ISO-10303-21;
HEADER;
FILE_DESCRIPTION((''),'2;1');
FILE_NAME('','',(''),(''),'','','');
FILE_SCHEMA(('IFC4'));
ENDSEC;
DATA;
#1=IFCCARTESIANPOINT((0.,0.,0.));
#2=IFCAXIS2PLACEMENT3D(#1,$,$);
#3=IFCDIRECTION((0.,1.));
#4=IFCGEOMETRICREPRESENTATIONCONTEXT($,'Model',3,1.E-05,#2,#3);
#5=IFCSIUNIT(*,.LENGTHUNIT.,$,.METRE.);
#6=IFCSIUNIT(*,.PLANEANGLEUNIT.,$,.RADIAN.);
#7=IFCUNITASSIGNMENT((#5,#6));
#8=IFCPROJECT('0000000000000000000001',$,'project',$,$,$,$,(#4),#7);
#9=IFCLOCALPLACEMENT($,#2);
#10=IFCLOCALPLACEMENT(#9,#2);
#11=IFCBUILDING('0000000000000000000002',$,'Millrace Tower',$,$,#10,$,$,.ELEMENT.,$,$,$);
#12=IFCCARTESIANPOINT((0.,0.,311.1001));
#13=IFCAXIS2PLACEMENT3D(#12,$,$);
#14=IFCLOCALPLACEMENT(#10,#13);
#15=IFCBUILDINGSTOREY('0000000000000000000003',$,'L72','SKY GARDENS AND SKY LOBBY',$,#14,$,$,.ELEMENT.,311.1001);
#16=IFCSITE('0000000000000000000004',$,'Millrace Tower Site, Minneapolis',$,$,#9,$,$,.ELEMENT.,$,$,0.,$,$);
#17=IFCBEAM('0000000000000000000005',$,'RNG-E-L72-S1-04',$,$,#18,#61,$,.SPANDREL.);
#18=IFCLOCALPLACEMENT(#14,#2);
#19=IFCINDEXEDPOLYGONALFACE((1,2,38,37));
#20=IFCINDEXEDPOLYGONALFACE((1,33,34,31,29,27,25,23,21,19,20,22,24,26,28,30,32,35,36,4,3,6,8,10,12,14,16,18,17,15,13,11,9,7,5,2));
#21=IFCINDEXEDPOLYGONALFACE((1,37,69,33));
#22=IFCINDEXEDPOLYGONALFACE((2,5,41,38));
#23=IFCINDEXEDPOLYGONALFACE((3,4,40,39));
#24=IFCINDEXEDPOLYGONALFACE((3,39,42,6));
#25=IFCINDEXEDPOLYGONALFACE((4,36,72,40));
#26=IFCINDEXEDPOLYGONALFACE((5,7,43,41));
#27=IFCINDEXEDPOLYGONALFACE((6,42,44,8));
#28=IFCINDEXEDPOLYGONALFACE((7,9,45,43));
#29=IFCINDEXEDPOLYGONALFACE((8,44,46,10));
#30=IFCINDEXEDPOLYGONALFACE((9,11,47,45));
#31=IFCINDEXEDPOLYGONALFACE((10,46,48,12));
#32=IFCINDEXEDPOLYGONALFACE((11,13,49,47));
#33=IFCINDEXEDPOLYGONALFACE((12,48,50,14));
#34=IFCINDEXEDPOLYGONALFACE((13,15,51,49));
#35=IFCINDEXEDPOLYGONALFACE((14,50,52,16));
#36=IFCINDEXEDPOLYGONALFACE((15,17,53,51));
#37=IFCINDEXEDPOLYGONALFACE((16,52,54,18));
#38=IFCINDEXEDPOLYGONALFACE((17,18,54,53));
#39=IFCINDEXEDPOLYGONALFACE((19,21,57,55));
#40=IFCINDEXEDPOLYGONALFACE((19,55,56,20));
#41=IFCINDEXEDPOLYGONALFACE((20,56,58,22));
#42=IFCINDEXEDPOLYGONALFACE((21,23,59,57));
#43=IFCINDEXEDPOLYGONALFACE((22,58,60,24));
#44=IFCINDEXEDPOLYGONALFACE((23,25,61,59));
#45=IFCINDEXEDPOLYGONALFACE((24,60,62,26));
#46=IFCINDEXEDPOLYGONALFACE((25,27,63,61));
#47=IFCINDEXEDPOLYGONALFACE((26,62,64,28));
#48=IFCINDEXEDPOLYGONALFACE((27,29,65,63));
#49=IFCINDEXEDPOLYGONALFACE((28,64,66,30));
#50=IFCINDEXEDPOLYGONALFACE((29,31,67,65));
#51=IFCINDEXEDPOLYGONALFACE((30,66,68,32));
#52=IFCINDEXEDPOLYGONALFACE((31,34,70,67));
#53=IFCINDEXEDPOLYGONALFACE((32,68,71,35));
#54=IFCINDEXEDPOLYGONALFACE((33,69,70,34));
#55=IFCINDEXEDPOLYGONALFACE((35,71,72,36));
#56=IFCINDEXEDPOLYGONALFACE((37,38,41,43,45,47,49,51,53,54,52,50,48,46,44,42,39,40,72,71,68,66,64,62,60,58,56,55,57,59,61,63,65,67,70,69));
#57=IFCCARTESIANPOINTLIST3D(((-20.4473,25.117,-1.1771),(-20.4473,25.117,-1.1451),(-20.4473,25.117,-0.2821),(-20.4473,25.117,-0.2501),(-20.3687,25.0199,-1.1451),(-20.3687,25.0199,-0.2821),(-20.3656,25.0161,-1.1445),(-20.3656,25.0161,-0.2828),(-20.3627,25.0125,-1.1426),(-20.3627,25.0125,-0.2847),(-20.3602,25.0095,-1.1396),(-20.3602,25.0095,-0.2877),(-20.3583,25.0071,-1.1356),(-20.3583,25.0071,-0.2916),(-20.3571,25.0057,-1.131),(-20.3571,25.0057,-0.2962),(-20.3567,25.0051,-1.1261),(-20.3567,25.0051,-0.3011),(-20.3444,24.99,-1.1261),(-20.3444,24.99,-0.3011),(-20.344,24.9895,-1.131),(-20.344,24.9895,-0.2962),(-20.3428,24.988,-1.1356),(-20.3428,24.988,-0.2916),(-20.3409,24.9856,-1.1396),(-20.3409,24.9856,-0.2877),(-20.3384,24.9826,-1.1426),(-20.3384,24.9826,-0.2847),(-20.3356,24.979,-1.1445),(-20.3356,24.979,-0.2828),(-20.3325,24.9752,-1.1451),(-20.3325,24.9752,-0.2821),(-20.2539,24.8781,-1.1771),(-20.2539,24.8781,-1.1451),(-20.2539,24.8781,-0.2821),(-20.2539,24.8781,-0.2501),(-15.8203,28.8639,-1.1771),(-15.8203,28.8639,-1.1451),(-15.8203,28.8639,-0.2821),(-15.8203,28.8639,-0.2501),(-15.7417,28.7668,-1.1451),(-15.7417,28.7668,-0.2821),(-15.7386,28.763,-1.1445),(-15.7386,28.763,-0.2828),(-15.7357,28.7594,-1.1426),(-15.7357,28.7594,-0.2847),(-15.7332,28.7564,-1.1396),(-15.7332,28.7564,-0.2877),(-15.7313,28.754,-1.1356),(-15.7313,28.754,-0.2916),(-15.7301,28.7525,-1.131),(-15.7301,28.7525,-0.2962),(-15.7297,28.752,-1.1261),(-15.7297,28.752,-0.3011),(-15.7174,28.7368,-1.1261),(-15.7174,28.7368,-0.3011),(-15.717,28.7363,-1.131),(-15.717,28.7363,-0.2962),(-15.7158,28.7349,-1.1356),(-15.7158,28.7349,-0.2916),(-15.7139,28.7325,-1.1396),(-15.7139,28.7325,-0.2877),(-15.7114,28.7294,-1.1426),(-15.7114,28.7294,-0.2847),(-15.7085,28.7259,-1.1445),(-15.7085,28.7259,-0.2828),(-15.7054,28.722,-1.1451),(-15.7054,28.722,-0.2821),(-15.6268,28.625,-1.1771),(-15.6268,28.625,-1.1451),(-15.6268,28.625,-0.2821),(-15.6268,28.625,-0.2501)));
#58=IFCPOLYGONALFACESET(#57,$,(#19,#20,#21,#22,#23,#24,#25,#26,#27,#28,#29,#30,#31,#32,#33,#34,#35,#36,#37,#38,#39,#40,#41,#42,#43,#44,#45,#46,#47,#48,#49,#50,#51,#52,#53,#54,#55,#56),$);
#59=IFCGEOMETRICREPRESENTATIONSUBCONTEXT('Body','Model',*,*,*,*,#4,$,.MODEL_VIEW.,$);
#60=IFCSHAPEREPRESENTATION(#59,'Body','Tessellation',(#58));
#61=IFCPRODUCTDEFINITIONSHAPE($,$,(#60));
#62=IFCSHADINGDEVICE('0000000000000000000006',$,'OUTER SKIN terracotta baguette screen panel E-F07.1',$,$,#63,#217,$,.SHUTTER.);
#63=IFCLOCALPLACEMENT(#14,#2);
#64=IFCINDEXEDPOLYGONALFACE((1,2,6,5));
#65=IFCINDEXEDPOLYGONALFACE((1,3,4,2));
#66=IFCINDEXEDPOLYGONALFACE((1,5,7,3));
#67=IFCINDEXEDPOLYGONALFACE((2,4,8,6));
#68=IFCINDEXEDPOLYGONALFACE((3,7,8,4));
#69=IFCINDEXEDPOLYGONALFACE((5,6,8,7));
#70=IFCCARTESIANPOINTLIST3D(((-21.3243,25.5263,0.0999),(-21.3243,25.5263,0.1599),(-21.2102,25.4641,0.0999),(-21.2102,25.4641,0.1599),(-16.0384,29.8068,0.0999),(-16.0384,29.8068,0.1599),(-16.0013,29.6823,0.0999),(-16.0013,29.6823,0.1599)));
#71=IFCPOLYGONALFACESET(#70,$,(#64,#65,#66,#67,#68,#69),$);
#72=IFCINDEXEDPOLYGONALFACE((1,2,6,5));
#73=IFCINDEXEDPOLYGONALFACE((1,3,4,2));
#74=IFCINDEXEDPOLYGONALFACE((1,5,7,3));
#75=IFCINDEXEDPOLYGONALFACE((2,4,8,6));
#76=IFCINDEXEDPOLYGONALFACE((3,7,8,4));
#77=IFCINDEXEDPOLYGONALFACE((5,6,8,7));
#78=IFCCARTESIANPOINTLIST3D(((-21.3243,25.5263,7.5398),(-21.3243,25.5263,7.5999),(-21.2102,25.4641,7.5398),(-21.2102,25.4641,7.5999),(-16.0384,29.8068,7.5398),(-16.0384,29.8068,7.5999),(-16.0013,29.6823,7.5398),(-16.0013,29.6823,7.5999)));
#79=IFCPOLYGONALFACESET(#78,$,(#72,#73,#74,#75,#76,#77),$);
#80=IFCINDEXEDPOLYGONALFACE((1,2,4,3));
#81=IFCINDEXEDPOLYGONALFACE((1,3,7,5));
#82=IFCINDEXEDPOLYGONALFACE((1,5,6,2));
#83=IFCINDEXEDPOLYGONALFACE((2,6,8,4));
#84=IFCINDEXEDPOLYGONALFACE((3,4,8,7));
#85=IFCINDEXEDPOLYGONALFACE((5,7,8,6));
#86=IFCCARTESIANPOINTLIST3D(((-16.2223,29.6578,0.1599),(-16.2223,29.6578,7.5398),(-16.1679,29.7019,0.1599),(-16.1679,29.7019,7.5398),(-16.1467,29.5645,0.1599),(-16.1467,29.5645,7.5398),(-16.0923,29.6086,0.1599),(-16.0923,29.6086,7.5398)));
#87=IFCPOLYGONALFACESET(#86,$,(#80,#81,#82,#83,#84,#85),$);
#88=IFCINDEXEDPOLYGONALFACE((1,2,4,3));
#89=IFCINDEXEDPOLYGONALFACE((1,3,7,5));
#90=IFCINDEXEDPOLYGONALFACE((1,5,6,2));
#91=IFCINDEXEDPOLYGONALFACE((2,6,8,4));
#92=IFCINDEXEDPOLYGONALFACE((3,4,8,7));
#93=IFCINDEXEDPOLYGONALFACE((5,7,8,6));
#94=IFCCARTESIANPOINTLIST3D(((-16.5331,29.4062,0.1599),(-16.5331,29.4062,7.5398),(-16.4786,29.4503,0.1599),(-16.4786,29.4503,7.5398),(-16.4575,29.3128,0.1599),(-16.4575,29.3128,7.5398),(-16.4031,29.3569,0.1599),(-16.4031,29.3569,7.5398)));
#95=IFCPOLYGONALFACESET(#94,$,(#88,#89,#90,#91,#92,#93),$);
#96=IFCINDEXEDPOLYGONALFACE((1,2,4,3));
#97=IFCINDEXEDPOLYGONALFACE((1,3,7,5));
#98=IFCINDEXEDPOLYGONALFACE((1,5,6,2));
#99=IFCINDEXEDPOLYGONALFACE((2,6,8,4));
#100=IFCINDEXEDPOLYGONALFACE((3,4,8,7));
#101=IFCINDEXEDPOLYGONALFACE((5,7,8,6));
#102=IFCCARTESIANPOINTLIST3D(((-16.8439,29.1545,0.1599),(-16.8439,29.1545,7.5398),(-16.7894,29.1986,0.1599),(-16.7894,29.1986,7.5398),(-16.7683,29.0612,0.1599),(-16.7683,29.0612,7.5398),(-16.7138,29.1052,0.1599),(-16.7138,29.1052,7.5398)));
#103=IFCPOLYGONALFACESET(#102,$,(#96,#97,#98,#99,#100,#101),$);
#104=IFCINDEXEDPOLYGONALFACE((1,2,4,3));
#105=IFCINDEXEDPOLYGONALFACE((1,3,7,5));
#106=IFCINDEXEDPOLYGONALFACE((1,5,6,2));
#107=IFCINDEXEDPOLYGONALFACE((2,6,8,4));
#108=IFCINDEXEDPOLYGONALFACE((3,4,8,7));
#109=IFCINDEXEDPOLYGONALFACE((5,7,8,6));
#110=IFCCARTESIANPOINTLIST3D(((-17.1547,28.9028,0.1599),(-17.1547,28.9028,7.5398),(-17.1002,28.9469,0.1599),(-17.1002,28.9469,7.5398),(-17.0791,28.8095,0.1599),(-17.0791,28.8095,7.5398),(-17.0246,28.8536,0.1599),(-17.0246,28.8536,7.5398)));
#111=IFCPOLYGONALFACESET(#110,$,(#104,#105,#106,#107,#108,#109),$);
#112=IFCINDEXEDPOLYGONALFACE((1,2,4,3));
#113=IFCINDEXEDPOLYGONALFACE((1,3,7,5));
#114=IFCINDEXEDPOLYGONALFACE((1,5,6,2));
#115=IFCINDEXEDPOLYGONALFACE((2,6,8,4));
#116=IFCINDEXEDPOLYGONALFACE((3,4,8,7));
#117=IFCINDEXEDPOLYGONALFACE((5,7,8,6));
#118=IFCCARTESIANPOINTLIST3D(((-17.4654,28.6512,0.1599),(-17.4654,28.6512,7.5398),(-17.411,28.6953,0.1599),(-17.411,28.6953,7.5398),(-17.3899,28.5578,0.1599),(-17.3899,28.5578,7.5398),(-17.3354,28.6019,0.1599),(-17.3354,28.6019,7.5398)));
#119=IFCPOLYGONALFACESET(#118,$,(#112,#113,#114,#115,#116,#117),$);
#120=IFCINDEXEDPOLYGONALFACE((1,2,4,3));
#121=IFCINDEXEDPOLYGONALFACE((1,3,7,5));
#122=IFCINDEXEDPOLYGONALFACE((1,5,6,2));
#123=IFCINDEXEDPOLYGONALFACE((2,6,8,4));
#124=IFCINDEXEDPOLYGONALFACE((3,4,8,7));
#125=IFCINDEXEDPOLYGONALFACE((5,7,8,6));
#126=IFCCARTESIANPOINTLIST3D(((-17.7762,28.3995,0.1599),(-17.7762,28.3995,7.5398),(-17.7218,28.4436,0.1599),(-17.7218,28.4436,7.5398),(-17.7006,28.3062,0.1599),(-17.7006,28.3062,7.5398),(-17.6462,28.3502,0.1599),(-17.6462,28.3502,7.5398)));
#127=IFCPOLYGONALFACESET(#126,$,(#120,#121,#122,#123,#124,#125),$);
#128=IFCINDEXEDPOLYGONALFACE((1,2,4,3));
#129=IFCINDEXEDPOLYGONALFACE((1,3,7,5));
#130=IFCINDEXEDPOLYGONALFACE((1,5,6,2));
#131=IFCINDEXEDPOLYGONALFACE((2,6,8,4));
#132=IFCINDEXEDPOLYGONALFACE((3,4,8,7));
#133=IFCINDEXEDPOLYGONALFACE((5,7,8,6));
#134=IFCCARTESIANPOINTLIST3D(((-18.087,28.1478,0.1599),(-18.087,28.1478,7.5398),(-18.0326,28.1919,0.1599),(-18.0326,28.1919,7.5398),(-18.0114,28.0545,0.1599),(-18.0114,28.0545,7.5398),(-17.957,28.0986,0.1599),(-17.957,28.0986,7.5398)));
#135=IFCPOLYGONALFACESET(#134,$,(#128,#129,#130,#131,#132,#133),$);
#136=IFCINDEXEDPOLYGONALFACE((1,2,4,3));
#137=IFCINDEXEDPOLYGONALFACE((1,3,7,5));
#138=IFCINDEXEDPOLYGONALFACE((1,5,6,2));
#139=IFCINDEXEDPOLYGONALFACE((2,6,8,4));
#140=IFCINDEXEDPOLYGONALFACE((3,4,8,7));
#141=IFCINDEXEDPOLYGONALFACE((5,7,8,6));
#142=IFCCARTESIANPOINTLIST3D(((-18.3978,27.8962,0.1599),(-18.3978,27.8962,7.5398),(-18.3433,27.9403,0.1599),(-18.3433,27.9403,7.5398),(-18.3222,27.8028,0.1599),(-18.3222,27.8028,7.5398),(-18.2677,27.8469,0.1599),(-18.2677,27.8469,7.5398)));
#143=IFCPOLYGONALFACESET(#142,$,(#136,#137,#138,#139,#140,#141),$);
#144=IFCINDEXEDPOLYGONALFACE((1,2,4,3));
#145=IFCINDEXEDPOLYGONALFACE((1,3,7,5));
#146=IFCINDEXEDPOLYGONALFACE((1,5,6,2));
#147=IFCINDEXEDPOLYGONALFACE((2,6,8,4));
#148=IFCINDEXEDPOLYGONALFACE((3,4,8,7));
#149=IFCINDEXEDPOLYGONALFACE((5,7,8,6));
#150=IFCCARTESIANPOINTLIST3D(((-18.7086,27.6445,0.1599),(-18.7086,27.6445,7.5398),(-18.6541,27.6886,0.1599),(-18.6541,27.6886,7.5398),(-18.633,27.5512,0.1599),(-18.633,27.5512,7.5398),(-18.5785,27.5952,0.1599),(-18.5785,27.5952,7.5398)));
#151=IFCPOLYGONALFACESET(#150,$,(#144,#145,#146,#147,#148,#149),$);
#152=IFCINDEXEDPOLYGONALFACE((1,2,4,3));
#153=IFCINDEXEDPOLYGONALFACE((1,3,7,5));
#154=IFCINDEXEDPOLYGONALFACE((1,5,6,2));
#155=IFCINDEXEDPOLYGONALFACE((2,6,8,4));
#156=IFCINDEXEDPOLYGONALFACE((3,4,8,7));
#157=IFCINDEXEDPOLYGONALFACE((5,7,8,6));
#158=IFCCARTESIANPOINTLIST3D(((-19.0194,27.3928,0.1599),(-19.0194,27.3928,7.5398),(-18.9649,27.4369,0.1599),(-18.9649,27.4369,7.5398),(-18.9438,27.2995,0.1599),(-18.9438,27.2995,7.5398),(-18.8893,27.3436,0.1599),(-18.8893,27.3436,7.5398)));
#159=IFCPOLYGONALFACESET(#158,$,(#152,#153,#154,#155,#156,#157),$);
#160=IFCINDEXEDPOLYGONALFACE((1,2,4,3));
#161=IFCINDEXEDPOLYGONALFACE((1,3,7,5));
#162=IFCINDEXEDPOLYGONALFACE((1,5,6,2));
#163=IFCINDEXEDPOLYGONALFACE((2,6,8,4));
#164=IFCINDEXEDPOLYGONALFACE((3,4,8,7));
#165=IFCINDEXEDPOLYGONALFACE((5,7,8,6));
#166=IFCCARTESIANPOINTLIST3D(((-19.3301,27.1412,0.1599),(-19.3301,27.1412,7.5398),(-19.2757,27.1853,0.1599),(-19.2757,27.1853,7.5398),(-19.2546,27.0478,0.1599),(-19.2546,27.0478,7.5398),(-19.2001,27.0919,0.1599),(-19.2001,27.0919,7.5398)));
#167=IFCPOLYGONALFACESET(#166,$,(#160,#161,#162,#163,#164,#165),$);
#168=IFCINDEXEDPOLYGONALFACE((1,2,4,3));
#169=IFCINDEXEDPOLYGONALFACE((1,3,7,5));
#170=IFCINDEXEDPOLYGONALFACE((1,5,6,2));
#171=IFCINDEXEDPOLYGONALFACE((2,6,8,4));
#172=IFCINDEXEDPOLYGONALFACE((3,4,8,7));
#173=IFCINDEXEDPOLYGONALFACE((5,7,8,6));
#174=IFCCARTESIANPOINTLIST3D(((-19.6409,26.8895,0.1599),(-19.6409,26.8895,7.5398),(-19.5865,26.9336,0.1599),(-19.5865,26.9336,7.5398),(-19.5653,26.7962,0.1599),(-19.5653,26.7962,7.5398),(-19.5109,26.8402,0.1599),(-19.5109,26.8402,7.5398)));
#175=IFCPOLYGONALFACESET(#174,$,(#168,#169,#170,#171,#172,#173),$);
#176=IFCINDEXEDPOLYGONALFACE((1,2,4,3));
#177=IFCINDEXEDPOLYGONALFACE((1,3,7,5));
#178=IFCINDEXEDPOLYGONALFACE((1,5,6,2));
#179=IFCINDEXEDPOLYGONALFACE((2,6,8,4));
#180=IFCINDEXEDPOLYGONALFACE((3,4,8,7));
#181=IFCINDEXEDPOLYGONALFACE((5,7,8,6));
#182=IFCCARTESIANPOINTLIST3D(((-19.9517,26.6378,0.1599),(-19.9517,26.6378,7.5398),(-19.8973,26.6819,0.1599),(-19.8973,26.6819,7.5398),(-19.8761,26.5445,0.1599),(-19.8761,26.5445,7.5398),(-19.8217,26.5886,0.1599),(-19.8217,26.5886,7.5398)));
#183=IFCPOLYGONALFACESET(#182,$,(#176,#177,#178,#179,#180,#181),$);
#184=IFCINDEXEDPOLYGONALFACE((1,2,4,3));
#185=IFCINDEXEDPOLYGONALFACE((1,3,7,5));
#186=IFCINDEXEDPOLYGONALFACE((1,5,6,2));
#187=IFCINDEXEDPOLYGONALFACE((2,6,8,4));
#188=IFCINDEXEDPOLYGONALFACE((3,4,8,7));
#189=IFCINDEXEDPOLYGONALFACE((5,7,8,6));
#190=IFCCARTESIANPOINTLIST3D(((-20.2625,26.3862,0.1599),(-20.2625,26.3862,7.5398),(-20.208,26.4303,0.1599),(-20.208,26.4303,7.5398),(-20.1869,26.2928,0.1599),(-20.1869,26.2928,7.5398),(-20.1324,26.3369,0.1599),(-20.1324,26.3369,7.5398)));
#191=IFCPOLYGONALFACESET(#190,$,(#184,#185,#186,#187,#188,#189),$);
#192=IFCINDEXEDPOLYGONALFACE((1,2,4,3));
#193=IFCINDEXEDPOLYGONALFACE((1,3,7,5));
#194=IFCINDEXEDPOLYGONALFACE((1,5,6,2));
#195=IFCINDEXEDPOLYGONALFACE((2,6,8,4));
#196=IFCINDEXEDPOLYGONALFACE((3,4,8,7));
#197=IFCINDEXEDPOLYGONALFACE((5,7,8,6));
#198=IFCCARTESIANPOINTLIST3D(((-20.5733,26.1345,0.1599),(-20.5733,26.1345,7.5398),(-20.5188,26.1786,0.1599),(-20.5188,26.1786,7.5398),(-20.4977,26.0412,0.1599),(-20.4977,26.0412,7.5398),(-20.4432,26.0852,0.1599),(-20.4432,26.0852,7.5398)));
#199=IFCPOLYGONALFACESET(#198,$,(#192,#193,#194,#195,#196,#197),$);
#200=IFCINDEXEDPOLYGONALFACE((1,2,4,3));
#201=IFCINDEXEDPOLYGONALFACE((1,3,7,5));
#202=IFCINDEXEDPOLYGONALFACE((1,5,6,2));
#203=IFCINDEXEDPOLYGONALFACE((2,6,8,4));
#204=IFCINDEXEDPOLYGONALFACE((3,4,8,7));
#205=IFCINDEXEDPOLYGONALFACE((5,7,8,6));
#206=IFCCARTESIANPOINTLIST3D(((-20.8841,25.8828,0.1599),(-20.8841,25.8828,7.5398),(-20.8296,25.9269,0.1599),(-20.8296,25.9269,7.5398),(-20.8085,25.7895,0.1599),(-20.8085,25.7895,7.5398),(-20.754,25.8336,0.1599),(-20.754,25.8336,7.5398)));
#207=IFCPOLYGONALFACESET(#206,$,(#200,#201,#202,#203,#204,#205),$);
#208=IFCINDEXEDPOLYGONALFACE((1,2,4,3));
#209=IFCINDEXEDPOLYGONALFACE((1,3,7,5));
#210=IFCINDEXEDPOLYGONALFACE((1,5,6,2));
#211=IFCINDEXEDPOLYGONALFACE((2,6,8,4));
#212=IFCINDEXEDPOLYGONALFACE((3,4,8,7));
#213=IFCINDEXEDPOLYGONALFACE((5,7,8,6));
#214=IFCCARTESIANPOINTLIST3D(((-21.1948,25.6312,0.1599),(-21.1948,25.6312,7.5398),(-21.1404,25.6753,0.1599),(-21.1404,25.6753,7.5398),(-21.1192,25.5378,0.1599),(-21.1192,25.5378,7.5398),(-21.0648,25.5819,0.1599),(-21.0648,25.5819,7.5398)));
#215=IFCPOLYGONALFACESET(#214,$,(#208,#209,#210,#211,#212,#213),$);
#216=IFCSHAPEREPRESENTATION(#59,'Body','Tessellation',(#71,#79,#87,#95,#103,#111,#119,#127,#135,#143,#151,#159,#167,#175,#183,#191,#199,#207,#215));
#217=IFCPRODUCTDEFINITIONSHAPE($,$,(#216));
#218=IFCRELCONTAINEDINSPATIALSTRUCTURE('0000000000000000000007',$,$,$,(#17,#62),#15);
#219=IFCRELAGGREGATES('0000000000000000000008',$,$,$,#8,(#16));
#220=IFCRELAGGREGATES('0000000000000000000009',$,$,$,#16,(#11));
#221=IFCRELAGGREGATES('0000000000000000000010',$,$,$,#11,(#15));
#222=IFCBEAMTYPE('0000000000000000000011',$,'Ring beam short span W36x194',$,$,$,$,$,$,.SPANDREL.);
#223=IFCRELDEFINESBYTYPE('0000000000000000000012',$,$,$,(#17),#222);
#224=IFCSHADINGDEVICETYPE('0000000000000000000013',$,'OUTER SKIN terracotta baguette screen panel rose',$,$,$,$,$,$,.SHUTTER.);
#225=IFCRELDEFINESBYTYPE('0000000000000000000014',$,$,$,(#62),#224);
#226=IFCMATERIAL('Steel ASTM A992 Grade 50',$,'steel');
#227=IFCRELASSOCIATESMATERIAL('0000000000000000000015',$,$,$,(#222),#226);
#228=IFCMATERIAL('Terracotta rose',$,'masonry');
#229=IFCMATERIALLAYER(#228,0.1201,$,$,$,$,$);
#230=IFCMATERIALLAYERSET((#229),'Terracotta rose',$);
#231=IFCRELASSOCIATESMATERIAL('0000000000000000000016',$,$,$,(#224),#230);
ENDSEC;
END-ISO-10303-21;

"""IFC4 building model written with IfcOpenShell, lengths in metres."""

from ifc_helpers import new_model, entity, si_unit, direction, frame, frame_2d, origin, origin_2d, place, context, subcontext, project, spatial, rectangle, i_section, extrude, source, transform, mapped, material, layer, layer_set, material_profile, profile_set, type_object, element, save


model = new_model("IFC4")

# Units and contexts
model_context = context("Model", 3, precision=1e-05, world=origin(), true_north=direction((0.0, 1.0)))
body_context = subcontext(model_context, "Body", "Model", "MODEL_VIEW")
ifc_project = project(units=[si_unit("LENGTHUNIT", "METRE"), si_unit("PLANEANGLEUNIT", "RADIAN")], contexts=[model_context])

# Site, building, storey
site_placement = place(None, origin())
site = spatial("IfcSite", under=ifc_project, at=site_placement, Name="Millrace Tower Site, Minneapolis", CompositionType="ELEMENT", RefElevation=0.0)
building_placement = place(site_placement, origin())
building = spatial("IfcBuilding", under=site, at=building_placement, Name="Millrace Tower", CompositionType="ELEMENT")
storey_placement = place(building_placement, frame((0.0, 0.0, 311.1001)))
storey = spatial("IfcBuildingStorey", under=building, at=storey_placement, Name="L72", Description="SKY GARDENS AND SKY LOBBY", CompositionType="ELEMENT", Elevation=311.1001)

# Beam
ifc_material_1 = material(Name="Steel ASTM A992 Grade 50", Category="steel")
ifc_material_profile_1 = material_profile(ifc_material_1, i_section(OverallWidth=0.3074, OverallDepth=0.927, WebThickness=0.0195, FlangeThickness=0.032, FilletRadius=0.019, at=origin_2d()))
ifc_profile_set_1 = profile_set([ifc_material_profile_1], Name="Steel ASTM A992 Grade 50")
beam_type_1 = type_object("IfcBeamType", Name="Ring beam short span W36x194", PredefinedType="SPANDREL", material=ifc_profile_set_1)
beam_1_placement = place(storey_placement, frame((-20.3506, 24.9976, -0.7136), z_axis=(0.777147, 0.62932, 0.0), x_axis=(-0.62932, 0.777147, 0.0)))
element("IfcBeam", 1, at=beam_1_placement, inside=storey, type_object=beam_type_1, Name="RNG-E-L72-S1-04", PredefinedType="SPANDREL", context=body_context, shape_type="SweptSolid", body=[
    extrude(i_section(OverallWidth=0.3074, OverallDepth=0.927, WebThickness=0.0195, FlangeThickness=0.032, FilletRadius=0.019, at=origin_2d()), origin(), (0.0, 0.0, 1.0), 5.9539),
])

# Shading device
ifc_material_2 = material(Name="Terracotta rose", Category="masonry")
ifc_layer_1 = layer(ifc_material_2, 0.1201)
ifc_layer_set_1 = layer_set([ifc_layer_1], Name="Terracotta rose")
shading_device_type = type_object("IfcShadingDeviceType", Name="OUTER SKIN terracotta baguette screen panel rose", PredefinedType="SHUTTER", material=ifc_layer_set_1)
cartesian_point_1 = entity("IfcCartesianPoint", [-3.3513, 0.0601])
shared_polyline_1 = entity("IfcPolyline", [cartesian_point_1, entity("IfcCartesianPoint", [3.3513, 0.0601]), entity("IfcCartesianPoint", [3.4009, -0.0601]), entity("IfcCartesianPoint", [-3.4009, -0.0601]), cartesian_point_1])
shared_shape_1 = source(origin(), body_context, "Body", "SweptSolid", [
    entity("IfcExtrudedAreaSolid", entity("IfcArbitraryClosedProfileDef", "AREA", None, shared_polyline_1), entity("IfcAxis2Placement3D", entity("IfcCartesianPoint", [0.0, 0.0, 0.0])), entity("IfcDirection", [0.0, 0.0, 1.0]), 0.0601),
    entity("IfcExtrudedAreaSolid", entity("IfcArbitraryClosedProfileDef", "AREA", None, shared_polyline_1), entity("IfcAxis2Placement3D", entity("IfcCartesianPoint", [0.0, 0.0, 7.4399])), entity("IfcDirection", [0.0, 0.0, 1.0]), 0.0601),
    extrude(rectangle(XDim=0.0701, YDim=0.1201, at=frame_2d((-3.1992, 0.0))), frame((0.0, 0.0, 0.0601)), (0.0, 0.0, 1.0), 7.3799),
    extrude(rectangle(XDim=0.0701, YDim=0.1201, at=frame_2d((-2.7993, 0.0))), frame((0.0, 0.0, 0.0601)), (0.0, 0.0, 1.0), 7.3799),
    extrude(rectangle(XDim=0.0701, YDim=0.1201, at=frame_2d((-2.3994, 0.0))), frame((0.0, 0.0, 0.0601)), (0.0, 0.0, 1.0), 7.3799),
    extrude(rectangle(XDim=0.0701, YDim=0.1201, at=frame_2d((-1.9995, 0.0))), frame((0.0, 0.0, 0.0601)), (0.0, 0.0, 1.0), 7.3799),
    extrude(rectangle(XDim=0.0701, YDim=0.1201, at=frame_2d((-1.5996, 0.0))), frame((0.0, 0.0, 0.0601)), (0.0, 0.0, 1.0), 7.3799),
    extrude(rectangle(XDim=0.0701, YDim=0.1201, at=frame_2d((-1.1997, 0.0))), frame((0.0, 0.0, 0.0601)), (0.0, 0.0, 1.0), 7.3799),
    extrude(rectangle(XDim=0.0701, YDim=0.1201, at=frame_2d((-0.7998, 0.0))), frame((0.0, 0.0, 0.0601)), (0.0, 0.0, 1.0), 7.3799),
    extrude(rectangle(XDim=0.0701, YDim=0.1201, at=frame_2d((-0.3999, 0.0))), frame((0.0, 0.0, 0.0601)), (0.0, 0.0, 1.0), 7.3799),
    extrude(rectangle(XDim=0.0701, YDim=0.1201, at=origin_2d()), frame((0.0, 0.0, 0.0601)), (0.0, 0.0, 1.0), 7.3799),
    extrude(rectangle(XDim=0.0701, YDim=0.1201, at=frame_2d((0.3999, 0.0))), frame((0.0, 0.0, 0.0601)), (0.0, 0.0, 1.0), 7.3799),
    extrude(rectangle(XDim=0.0701, YDim=0.1201, at=frame_2d((0.7998, 0.0))), frame((0.0, 0.0, 0.0601)), (0.0, 0.0, 1.0), 7.3799),
    extrude(rectangle(XDim=0.0701, YDim=0.1201, at=frame_2d((1.1997, 0.0))), frame((0.0, 0.0, 0.0601)), (0.0, 0.0, 1.0), 7.3799),
    extrude(rectangle(XDim=0.0701, YDim=0.1201, at=frame_2d((1.5996, 0.0))), frame((0.0, 0.0, 0.0601)), (0.0, 0.0, 1.0), 7.3799),
    extrude(rectangle(XDim=0.0701, YDim=0.1201, at=frame_2d((1.9995, 0.0))), frame((0.0, 0.0, 0.0601)), (0.0, 0.0, 1.0), 7.3799),
    extrude(rectangle(XDim=0.0701, YDim=0.1201, at=frame_2d((2.3994, 0.0))), frame((0.0, 0.0, 0.0601)), (0.0, 0.0, 1.0), 7.3799),
    extrude(rectangle(XDim=0.0701, YDim=0.1201, at=frame_2d((2.7993, 0.0))), frame((0.0, 0.0, 0.0601)), (0.0, 0.0, 1.0), 7.3799),
    extrude(rectangle(XDim=0.0701, YDim=0.1201, at=frame_2d((3.1992, 0.0))), frame((0.0, 0.0, 0.0601)), (0.0, 0.0, 1.0), 7.3799),
])
shading_device_1_placement = place(storey_placement, frame((-18.6436, 27.6199, 0.0999), z_axis=(0.0, 0.0, 1.0), x_axis=(-0.777146, -0.62932, 0.0)))
element("IfcShadingDevice", 2, at=shading_device_1_placement, inside=storey, type_object=shading_device_type, Name="OUTER SKIN terracotta baguette screen panel E-F07.1", PredefinedType="SHUTTER", context=body_context, shape_type="MappedRepresentation", body=[
    mapped(shared_shape_1, transform((0.0, 0.0, 0.0), scale=1.0)),
])

save(model, "model.ifc")
